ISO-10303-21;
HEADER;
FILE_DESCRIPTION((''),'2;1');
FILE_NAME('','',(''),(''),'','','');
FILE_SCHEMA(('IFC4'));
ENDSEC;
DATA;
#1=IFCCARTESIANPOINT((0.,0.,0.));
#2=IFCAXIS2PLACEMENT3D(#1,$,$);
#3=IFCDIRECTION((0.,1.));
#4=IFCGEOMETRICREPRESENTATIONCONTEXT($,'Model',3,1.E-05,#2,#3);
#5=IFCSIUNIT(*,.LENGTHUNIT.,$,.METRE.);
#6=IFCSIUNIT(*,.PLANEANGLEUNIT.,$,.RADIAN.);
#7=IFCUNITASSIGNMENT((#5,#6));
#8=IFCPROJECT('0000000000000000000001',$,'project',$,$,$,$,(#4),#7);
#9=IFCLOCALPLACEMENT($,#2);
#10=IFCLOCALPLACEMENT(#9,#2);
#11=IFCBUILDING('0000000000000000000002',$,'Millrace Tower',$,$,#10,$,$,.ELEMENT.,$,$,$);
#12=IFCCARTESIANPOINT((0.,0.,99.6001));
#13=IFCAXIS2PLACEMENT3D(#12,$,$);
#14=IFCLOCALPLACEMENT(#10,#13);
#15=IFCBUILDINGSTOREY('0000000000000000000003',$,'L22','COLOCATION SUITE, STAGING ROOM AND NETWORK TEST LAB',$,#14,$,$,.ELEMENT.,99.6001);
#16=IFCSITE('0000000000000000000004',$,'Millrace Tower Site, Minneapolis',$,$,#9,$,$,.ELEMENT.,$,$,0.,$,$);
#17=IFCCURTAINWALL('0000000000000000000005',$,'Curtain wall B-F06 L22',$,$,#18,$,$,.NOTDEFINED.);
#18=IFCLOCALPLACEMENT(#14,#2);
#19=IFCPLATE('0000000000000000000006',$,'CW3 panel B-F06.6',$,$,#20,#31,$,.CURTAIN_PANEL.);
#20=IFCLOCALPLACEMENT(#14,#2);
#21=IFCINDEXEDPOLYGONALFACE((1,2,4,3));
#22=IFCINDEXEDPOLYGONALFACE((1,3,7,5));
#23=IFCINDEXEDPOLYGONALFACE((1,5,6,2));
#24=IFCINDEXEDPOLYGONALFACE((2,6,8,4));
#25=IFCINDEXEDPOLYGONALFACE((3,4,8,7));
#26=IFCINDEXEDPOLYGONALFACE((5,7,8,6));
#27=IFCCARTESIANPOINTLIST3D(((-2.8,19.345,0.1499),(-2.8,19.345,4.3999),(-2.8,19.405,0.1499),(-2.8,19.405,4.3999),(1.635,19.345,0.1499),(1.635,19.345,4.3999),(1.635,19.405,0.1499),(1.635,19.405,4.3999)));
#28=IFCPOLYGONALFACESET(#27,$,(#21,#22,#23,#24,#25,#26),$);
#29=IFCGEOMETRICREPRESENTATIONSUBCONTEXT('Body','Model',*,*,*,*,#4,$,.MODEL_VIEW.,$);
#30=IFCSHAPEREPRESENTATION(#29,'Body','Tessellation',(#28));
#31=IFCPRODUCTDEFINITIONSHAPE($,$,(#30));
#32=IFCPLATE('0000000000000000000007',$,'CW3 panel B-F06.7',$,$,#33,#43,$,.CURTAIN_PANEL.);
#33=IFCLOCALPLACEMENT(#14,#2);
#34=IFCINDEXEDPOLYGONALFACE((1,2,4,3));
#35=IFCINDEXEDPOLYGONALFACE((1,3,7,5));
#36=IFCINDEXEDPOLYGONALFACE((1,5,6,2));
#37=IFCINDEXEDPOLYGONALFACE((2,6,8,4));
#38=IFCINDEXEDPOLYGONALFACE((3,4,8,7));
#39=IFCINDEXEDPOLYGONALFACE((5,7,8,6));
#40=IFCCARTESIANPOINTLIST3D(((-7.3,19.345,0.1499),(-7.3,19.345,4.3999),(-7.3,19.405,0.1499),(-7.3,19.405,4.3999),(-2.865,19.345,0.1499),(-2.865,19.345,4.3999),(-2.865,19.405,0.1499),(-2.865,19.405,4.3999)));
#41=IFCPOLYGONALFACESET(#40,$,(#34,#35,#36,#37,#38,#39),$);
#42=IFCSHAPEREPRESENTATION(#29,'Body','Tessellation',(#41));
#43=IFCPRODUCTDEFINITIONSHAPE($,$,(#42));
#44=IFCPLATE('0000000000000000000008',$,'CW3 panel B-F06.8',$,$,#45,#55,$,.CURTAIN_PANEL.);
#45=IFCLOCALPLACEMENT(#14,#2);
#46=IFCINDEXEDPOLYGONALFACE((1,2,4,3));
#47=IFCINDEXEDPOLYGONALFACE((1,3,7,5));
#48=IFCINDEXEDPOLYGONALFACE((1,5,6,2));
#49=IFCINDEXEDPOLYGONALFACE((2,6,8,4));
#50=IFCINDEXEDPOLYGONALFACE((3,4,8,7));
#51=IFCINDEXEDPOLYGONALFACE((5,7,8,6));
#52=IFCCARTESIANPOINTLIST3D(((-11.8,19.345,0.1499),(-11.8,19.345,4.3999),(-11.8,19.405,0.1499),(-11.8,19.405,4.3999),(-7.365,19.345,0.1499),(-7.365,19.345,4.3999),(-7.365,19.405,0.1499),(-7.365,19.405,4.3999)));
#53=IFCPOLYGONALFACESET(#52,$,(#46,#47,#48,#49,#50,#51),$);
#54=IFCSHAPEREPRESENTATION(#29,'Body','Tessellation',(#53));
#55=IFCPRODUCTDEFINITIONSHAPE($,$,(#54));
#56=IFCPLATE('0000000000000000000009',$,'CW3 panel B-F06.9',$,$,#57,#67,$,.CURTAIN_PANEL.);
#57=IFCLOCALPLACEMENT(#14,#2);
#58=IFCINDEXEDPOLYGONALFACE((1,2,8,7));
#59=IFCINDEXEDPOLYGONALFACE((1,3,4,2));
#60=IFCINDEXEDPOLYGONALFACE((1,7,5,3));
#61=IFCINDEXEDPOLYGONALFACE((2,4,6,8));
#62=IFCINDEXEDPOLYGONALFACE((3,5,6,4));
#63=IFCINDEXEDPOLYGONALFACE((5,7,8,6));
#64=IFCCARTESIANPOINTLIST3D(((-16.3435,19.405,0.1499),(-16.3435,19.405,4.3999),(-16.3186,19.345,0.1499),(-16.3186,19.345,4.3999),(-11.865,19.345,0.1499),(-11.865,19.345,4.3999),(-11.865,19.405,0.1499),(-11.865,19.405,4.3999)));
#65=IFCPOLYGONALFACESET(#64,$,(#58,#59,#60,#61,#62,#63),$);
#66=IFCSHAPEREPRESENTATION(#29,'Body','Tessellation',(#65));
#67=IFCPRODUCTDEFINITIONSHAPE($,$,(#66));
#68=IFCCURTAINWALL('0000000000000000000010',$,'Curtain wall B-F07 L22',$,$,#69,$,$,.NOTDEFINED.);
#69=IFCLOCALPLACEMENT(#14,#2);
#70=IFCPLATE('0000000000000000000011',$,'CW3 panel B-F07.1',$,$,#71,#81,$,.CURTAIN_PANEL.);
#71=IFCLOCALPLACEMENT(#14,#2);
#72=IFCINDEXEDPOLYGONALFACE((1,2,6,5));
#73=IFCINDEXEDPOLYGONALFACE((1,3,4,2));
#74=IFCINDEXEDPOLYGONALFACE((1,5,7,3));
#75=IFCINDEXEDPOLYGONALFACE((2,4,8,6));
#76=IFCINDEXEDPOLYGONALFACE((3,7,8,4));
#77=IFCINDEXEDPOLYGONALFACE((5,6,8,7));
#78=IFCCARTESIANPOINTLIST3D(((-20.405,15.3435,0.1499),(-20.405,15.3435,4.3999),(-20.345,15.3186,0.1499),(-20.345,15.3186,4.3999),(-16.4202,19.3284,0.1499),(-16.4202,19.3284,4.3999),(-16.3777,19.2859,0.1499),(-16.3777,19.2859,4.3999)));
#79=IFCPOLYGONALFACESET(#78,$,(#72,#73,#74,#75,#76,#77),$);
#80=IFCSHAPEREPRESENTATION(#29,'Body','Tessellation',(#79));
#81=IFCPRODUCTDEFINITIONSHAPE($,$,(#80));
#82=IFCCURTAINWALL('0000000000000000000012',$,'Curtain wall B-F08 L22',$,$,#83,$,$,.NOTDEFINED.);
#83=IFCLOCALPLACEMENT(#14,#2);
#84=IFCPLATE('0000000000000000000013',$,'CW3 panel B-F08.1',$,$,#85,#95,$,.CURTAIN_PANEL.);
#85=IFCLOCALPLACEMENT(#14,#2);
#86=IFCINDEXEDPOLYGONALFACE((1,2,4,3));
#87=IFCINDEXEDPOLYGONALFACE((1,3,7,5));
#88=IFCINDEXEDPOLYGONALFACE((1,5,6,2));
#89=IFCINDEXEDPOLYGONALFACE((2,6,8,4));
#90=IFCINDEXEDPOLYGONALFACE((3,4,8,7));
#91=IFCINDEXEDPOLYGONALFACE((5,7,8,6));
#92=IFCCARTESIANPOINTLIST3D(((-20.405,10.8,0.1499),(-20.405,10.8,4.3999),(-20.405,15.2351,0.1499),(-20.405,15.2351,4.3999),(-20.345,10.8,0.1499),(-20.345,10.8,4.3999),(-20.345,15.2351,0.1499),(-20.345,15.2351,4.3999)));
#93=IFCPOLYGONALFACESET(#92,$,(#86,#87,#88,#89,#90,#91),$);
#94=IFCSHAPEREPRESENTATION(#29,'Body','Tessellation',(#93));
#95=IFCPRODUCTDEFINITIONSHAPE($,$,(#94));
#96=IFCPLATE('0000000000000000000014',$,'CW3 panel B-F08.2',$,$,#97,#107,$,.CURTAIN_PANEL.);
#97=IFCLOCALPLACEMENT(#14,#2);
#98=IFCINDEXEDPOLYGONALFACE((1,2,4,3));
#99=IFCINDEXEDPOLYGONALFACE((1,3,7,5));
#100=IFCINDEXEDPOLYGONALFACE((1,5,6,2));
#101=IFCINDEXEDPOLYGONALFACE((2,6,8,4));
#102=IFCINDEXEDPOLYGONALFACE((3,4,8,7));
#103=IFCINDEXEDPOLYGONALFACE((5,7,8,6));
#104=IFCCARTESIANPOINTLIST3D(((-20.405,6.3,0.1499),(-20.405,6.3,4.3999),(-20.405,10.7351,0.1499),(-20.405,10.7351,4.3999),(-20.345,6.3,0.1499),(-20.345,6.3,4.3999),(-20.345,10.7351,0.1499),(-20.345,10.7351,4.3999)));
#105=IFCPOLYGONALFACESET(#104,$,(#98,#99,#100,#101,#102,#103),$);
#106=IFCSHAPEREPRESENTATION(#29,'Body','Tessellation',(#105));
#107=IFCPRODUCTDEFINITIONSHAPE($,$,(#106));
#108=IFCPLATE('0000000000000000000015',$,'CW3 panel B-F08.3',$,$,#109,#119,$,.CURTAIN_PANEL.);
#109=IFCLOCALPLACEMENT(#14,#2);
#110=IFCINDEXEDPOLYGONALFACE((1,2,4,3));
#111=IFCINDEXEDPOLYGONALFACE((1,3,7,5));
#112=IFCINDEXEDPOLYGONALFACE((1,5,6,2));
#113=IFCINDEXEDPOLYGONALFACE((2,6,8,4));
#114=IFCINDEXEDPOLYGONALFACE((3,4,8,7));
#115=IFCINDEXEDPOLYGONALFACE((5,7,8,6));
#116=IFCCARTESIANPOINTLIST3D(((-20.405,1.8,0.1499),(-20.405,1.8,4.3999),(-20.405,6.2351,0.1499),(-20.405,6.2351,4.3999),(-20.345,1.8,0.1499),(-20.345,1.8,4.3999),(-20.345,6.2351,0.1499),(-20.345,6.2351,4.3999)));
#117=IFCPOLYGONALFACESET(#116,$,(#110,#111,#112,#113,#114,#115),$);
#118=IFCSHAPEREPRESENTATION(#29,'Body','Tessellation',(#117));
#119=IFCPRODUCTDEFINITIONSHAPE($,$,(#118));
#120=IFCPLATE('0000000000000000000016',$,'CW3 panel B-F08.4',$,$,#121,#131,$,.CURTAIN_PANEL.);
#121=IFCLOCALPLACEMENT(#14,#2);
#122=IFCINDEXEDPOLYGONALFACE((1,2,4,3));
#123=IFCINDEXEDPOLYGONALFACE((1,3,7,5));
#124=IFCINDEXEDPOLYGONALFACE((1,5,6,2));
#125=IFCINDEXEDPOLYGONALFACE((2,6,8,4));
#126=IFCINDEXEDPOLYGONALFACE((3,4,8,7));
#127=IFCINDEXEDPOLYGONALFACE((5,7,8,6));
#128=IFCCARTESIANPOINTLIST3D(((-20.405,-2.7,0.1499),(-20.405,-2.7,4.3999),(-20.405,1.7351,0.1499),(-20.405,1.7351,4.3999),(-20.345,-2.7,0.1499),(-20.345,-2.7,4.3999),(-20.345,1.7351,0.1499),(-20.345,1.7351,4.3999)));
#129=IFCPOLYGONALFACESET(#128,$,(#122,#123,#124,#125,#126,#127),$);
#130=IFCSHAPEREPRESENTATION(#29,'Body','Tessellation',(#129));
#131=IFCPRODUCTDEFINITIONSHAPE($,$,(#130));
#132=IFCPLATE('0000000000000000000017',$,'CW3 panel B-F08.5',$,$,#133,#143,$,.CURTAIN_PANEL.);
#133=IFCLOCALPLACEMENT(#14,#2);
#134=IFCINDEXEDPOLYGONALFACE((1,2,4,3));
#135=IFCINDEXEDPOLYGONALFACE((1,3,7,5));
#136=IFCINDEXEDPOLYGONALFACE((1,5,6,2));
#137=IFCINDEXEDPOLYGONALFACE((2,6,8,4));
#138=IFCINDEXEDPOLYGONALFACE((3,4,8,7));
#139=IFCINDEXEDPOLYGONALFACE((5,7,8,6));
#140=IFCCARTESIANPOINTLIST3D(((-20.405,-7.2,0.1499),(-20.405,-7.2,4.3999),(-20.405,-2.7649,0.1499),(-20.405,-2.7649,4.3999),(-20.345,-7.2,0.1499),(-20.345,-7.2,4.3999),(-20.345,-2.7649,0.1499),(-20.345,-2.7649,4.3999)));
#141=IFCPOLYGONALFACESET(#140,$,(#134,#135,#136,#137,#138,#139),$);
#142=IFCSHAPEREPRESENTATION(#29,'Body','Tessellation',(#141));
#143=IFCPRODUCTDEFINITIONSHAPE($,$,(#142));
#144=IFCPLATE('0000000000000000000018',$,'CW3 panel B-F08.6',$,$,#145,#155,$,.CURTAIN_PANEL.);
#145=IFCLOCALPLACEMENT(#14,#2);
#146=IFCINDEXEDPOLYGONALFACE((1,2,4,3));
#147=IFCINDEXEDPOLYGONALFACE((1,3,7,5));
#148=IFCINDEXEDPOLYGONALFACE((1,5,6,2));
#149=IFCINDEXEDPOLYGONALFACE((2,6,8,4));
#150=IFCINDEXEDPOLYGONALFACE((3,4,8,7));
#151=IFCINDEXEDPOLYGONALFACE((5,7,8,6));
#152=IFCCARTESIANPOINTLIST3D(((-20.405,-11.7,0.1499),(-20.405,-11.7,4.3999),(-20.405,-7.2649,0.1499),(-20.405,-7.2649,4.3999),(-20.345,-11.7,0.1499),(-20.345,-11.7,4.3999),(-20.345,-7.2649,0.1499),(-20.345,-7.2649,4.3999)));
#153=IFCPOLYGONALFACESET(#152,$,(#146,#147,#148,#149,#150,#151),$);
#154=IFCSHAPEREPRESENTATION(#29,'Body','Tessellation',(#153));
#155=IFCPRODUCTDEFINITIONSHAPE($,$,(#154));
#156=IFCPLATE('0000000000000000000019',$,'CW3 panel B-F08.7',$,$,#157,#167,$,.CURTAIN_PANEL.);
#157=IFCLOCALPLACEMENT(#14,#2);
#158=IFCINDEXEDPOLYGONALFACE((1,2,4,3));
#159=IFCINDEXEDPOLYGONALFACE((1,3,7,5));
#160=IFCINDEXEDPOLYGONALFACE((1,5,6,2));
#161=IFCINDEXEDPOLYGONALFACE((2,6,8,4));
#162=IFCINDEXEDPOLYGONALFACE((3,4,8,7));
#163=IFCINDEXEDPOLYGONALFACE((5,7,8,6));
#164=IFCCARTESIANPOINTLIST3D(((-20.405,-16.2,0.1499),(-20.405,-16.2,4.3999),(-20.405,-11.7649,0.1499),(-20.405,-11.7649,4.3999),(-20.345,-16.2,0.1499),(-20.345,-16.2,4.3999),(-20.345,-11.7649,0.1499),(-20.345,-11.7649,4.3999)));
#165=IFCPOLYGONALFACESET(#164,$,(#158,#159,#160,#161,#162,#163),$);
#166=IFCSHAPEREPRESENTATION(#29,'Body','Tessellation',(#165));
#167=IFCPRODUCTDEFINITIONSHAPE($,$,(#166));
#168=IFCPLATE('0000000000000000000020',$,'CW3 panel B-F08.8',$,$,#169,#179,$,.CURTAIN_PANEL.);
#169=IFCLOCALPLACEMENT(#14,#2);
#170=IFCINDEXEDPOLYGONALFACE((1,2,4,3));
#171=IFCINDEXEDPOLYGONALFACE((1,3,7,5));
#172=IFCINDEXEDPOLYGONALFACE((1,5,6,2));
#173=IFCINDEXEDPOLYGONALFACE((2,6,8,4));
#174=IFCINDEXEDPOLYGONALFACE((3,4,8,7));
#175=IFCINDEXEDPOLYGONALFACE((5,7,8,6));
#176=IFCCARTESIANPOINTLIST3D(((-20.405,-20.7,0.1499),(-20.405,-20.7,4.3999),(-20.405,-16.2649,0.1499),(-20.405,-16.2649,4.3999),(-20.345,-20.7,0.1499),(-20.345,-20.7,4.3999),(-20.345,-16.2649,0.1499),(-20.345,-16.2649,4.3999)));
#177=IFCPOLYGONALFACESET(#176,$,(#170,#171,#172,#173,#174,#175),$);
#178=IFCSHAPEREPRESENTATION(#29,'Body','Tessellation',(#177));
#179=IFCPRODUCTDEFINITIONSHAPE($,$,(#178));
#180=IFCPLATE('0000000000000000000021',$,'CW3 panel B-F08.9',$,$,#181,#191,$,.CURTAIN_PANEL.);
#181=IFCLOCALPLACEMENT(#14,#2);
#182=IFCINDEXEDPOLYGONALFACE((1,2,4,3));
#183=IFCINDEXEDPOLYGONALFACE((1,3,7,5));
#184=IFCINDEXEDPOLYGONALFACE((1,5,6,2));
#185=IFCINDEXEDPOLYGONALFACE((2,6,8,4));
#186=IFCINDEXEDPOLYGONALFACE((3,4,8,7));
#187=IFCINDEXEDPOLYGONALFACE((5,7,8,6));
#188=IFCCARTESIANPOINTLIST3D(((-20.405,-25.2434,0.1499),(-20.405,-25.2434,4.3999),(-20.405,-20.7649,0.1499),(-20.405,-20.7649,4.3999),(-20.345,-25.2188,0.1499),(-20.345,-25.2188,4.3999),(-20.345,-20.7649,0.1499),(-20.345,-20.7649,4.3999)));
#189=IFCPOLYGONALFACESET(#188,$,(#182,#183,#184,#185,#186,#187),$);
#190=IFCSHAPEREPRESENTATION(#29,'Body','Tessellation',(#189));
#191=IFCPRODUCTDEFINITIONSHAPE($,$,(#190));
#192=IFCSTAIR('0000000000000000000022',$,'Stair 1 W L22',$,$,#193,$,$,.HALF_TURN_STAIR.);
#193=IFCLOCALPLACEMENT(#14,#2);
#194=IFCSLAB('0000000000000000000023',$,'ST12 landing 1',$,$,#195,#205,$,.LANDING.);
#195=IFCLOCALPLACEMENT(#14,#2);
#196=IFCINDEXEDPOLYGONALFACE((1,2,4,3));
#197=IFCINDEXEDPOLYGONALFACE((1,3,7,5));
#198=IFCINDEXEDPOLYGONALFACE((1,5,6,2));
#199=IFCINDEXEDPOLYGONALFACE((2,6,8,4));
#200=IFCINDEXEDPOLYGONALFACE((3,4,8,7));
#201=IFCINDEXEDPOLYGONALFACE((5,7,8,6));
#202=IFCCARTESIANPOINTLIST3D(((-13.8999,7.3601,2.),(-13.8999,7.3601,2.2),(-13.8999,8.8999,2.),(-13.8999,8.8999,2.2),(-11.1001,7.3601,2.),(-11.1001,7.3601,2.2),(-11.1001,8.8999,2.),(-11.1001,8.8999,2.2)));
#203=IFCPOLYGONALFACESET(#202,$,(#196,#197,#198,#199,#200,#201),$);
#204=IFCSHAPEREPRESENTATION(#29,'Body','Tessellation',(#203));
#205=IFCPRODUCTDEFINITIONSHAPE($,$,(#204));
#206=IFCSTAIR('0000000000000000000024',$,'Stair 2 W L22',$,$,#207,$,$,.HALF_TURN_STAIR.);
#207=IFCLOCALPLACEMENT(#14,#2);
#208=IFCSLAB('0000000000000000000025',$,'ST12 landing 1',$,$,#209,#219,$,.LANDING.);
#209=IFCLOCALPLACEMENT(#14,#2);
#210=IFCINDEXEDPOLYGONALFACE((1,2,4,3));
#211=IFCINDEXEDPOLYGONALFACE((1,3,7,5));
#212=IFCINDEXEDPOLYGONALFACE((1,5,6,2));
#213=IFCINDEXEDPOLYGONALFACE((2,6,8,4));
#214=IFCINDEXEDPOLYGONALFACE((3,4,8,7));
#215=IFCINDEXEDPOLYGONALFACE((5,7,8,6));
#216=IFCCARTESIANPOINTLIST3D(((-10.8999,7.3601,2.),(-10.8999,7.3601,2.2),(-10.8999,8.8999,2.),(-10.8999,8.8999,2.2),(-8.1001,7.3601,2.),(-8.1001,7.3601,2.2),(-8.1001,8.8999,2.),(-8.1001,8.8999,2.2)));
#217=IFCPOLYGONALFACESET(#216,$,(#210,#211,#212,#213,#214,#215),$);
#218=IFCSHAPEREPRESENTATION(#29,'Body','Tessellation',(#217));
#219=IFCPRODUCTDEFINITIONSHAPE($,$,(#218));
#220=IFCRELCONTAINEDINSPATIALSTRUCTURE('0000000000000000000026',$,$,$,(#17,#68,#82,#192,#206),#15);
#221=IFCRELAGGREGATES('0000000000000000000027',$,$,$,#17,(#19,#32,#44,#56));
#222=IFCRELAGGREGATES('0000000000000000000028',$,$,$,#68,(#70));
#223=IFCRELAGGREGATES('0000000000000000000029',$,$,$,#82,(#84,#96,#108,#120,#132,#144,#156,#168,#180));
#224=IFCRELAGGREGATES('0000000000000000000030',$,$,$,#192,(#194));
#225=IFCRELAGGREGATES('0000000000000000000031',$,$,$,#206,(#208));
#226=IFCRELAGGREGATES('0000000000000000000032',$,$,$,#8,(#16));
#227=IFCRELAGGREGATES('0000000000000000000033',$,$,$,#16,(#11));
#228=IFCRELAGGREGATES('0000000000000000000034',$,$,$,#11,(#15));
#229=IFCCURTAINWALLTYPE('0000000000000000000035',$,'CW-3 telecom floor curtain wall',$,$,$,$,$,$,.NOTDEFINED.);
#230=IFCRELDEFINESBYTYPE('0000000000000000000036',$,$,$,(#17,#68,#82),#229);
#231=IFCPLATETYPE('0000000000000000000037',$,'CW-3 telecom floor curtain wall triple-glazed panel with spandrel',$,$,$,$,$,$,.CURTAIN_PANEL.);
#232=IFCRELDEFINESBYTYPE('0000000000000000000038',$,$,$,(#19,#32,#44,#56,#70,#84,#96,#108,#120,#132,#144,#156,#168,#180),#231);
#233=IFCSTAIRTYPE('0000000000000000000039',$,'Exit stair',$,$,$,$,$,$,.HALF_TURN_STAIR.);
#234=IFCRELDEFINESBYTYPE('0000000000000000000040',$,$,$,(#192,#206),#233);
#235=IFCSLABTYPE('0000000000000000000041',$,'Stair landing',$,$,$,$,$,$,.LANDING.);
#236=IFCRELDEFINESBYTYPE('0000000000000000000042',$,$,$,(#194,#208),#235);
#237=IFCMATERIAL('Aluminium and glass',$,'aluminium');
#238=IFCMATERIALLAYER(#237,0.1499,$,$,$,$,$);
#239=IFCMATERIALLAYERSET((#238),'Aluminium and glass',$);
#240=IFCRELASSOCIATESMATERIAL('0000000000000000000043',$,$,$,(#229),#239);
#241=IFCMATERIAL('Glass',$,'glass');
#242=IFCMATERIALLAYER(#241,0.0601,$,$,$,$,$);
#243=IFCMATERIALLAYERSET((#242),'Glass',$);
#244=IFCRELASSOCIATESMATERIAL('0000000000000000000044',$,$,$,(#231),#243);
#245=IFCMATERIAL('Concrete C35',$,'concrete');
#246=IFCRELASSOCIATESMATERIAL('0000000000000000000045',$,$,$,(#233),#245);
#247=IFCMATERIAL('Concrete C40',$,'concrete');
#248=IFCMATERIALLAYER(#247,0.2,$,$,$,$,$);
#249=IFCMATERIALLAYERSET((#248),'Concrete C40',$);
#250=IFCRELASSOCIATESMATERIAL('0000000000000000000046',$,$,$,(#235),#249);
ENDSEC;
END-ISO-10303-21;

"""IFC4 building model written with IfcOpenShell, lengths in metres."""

from ifc_helpers import new_model, si_unit, direction, frame, origin, place, context, subcontext, project, spatial, polyline, outline, extrude, material, layer, layer_set, type_object, element, aggregate, save


model = new_model("IFC4")

# Units and contexts
model_context = context("Model", 3, precision=1e-05, world=origin(), true_north=direction((0.0, 1.0)))
body_context = subcontext(model_context, "Body", "Model", "MODEL_VIEW")
ifc_project = project(units=[si_unit("LENGTHUNIT", "METRE"), si_unit("PLANEANGLEUNIT", "RADIAN")], contexts=[model_context])

# Site, building, storey
site_placement = place(None, origin())
site = spatial("IfcSite", under=ifc_project, at=site_placement, Name="Millrace Tower Site, Minneapolis", CompositionType="ELEMENT", RefElevation=0.0)
building_placement = place(site_placement, origin())
building = spatial("IfcBuilding", under=site, at=building_placement, Name="Millrace Tower", CompositionType="ELEMENT")
storey_placement = place(building_placement, frame((0.0, 0.0, 99.6001)))
storey = spatial("IfcBuildingStorey", under=building, at=storey_placement, Name="L22", Description="COLOCATION SUITE, STAGING ROOM AND NETWORK TEST LAB", CompositionType="ELEMENT", Elevation=99.6001)

# Curtain wall, plates
ifc_material_1 = material(Name="Aluminium and glass", Category="aluminium")
ifc_layer_1 = layer(ifc_material_1, 0.1499)
ifc_layer_set_1 = layer_set([ifc_layer_1], Name="Aluminium and glass")
curtain_wall_type = type_object("IfcCurtainWallType", Name="CW-3 telecom floor curtain wall", PredefinedType="NOTDEFINED", material=ifc_layer_set_1)
placement_1 = place(storey_placement, origin())
curtain_wall_1 = element("IfcCurtainWall", 1, at=placement_1, inside=storey, type_object=curtain_wall_type, Name="Curtain wall B-F06 L22", PredefinedType="NOTDEFINED")
ifc_material_2 = material(Name="Glass", Category="glass")
ifc_layer_2 = layer(ifc_material_2, 0.0601)
ifc_layer_set_2 = layer_set([ifc_layer_2], Name="Glass")
plate_type = type_object("IfcPlateType", Name="CW-3 telecom floor curtain wall triple-glazed panel with spandrel", PredefinedType="CURTAIN_PANEL", material=ifc_layer_set_2)
placement_2 = place(storey_placement, frame((0.0, 0.0, 0.1499)))
plate_1 = element("IfcPlate", 2, at=placement_2, type_object=plate_type, Name="CW3 panel B-F06.6", PredefinedType="CURTAIN_PANEL", context=body_context, shape_type="SweptSolid", body=[
    extrude(outline(polyline([(1.635, 19.405), (-2.8, 19.405), (-2.8, 19.345), (1.635, 19.345), (1.635, 19.405)])), origin(), (0.0, 0.0, 1.0), 4.25),
])
plate_2 = element("IfcPlate", 3, at=placement_2, type_object=plate_type, Name="CW3 panel B-F06.7", PredefinedType="CURTAIN_PANEL", context=body_context, shape_type="SweptSolid", body=[
    extrude(outline(polyline([(-2.865, 19.405), (-7.3, 19.405), (-7.3, 19.345), (-2.865, 19.345), (-2.865, 19.405)])), origin(), (0.0, 0.0, 1.0), 4.25),
])
plate_3 = element("IfcPlate", 4, at=placement_2, type_object=plate_type, Name="CW3 panel B-F06.8", PredefinedType="CURTAIN_PANEL", context=body_context, shape_type="SweptSolid", body=[
    extrude(outline(polyline([(-7.365, 19.405), (-11.8, 19.405), (-11.8, 19.345), (-7.365, 19.345), (-7.365, 19.405)])), origin(), (0.0, 0.0, 1.0), 4.25),
])
plate_4 = element("IfcPlate", 5, at=placement_2, type_object=plate_type, Name="CW3 panel B-F06.9", PredefinedType="CURTAIN_PANEL", context=body_context, shape_type="SweptSolid", body=[
    extrude(outline(polyline([(-11.865, 19.405), (-16.3435, 19.405), (-16.3186, 19.345), (-11.865, 19.345), (-11.865, 19.405)])), origin(), (0.0, 0.0, 1.0), 4.25),
])
aggregate(curtain_wall_1, [plate_1, plate_2, plate_3, plate_4])

# Curtain wall, plate
curtain_wall_2 = element("IfcCurtainWall", 6, at=placement_1, inside=storey, type_object=curtain_wall_type, Name="Curtain wall B-F07 L22", PredefinedType="NOTDEFINED")
plate_5 = element("IfcPlate", 7, at=placement_2, type_object=plate_type, Name="CW3 panel B-F07.1", PredefinedType="CURTAIN_PANEL", context=body_context, shape_type="SweptSolid", body=[
    extrude(outline(polyline([(-16.4202, 19.3284), (-20.405, 15.3435), (-20.345, 15.3186), (-16.3777, 19.2859), (-16.4202, 19.3284)])), origin(), (0.0, 0.0, 1.0), 4.25),
])
aggregate(curtain_wall_2, [plate_5])

# Curtain wall, plates
curtain_wall_3 = element("IfcCurtainWall", 8, at=placement_1, inside=storey, type_object=curtain_wall_type, Name="Curtain wall B-F08 L22", PredefinedType="NOTDEFINED")
plate_6 = element("IfcPlate", 9, at=placement_2, type_object=plate_type, Name="CW3 panel B-F08.1", PredefinedType="CURTAIN_PANEL", context=body_context, shape_type="SweptSolid", body=[
    extrude(outline(polyline([(-20.405, 15.2351), (-20.405, 10.8), (-20.345, 10.8), (-20.345, 15.2351), (-20.405, 15.2351)])), origin(), (0.0, 0.0, 1.0), 4.25),
])
plate_7 = element("IfcPlate", 10, at=placement_2, type_object=plate_type, Name="CW3 panel B-F08.2", PredefinedType="CURTAIN_PANEL", context=body_context, shape_type="SweptSolid", body=[
    extrude(outline(polyline([(-20.405, 10.7351), (-20.405, 6.3), (-20.345, 6.3), (-20.345, 10.7351), (-20.405, 10.7351)])), origin(), (0.0, 0.0, 1.0), 4.25),
])
plate_8 = element("IfcPlate", 11, at=placement_2, type_object=plate_type, Name="CW3 panel B-F08.3", PredefinedType="CURTAIN_PANEL", context=body_context, shape_type="SweptSolid", body=[
    extrude(outline(polyline([(-20.405, 6.2351), (-20.405, 1.8), (-20.345, 1.8), (-20.345, 6.2351), (-20.405, 6.2351)])), origin(), (0.0, 0.0, 1.0), 4.25),
])
plate_9 = element("IfcPlate", 12, at=placement_2, type_object=plate_type, Name="CW3 panel B-F08.4", PredefinedType="CURTAIN_PANEL", context=body_context, shape_type="SweptSolid", body=[
    extrude(outline(polyline([(-20.405, 1.7351), (-20.405, -2.7), (-20.345, -2.7), (-20.345, 1.7351), (-20.405, 1.7351)])), origin(), (0.0, 0.0, 1.0), 4.25),
])
plate_10 = element("IfcPlate", 13, at=placement_2, type_object=plate_type, Name="CW3 panel B-F08.5", PredefinedType="CURTAIN_PANEL", context=body_context, shape_type="SweptSolid", body=[
    extrude(outline(polyline([(-20.405, -2.7649), (-20.405, -7.2), (-20.345, -7.2), (-20.345, -2.7649), (-20.405, -2.7649)])), origin(), (0.0, 0.0, 1.0), 4.25),
])
plate_11 = element("IfcPlate", 14, at=placement_2, type_object=plate_type, Name="CW3 panel B-F08.6", PredefinedType="CURTAIN_PANEL", context=body_context, shape_type="SweptSolid", body=[
    extrude(outline(polyline([(-20.405, -7.2649), (-20.405, -11.7), (-20.345, -11.7), (-20.345, -7.2649), (-20.405, -7.2649)])), origin(), (0.0, 0.0, 1.0), 4.25),
])
plate_12 = element("IfcPlate", 15, at=placement_2, type_object=plate_type, Name="CW3 panel B-F08.7", PredefinedType="CURTAIN_PANEL", context=body_context, shape_type="SweptSolid", body=[
    extrude(outline(polyline([(-20.405, -11.7649), (-20.405, -16.2), (-20.345, -16.2), (-20.345, -11.7649), (-20.405, -11.7649)])), origin(), (0.0, 0.0, 1.0), 4.25),
])
plate_13 = element("IfcPlate", 16, at=placement_2, type_object=plate_type, Name="CW3 panel B-F08.8", PredefinedType="CURTAIN_PANEL", context=body_context, shape_type="SweptSolid", body=[
    extrude(outline(polyline([(-20.405, -16.2649), (-20.405, -20.7), (-20.345, -20.7), (-20.345, -16.2649), (-20.405, -16.2649)])), origin(), (0.0, 0.0, 1.0), 4.25),
])
plate_14 = element("IfcPlate", 17, at=placement_2, type_object=plate_type, Name="CW3 panel B-F08.9", PredefinedType="CURTAIN_PANEL", context=body_context, shape_type="SweptSolid", body=[
    extrude(outline(polyline([(-20.405, -20.7649), (-20.405, -25.2434), (-20.345, -25.2188), (-20.345, -20.7649), (-20.405, -20.7649)])), origin(), (0.0, 0.0, 1.0), 4.25),
])
aggregate(curtain_wall_3, [plate_6, plate_7, plate_8, plate_9, plate_10, plate_11, plate_12, plate_13, plate_14])

# Stairs, slabs
ifc_material_3 = material(Name="Concrete C35", Category="concrete")
stair_type = type_object("IfcStairType", Name="Exit stair", PredefinedType="HALF_TURN_STAIR", material=ifc_material_3)
stair_1 = element("IfcStair", 18, at=placement_1, inside=storey, type_object=stair_type, Name="Stair 1 W L22", PredefinedType="HALF_TURN_STAIR")
ifc_material_4 = material(Name="Concrete C40", Category="concrete")
ifc_layer_3 = layer(ifc_material_4, 0.2)
ifc_layer_set_3 = layer_set([ifc_layer_3], Name="Concrete C40")
slab_type = type_object("IfcSlabType", Name="Stair landing", PredefinedType="LANDING", material=ifc_layer_set_3)
placement_3 = place(storey_placement, frame((0.0, 0.0, 2.0)))
slab_1 = element("IfcSlab", 19, at=placement_3, type_object=slab_type, Name="ST12 landing 1", PredefinedType="LANDING", context=body_context, shape_type="SweptSolid", body=[
    extrude(outline(polyline([(-13.8999, 7.3601), (-11.1001, 7.3601), (-11.1001, 8.8999), (-13.8999, 8.8999), (-13.8999, 7.3601)])), origin(), (0.0, 0.0, 1.0), 0.2),
])
aggregate(stair_1, [slab_1])
stair_2 = element("IfcStair", 20, at=placement_1, inside=storey, type_object=stair_type, Name="Stair 2 W L22", PredefinedType="HALF_TURN_STAIR")
slab_2 = element("IfcSlab", 21, at=placement_3, type_object=slab_type, Name="ST12 landing 1", PredefinedType="LANDING", context=body_context, shape_type="SweptSolid", body=[
    extrude(outline(polyline([(-10.8999, 7.3601), (-8.1001, 7.3601), (-8.1001, 8.8999), (-10.8999, 8.8999), (-10.8999, 7.3601)])), origin(), (0.0, 0.0, 1.0), 0.2),
])
aggregate(stair_2, [slab_2])

save(model, "model.ifc")
